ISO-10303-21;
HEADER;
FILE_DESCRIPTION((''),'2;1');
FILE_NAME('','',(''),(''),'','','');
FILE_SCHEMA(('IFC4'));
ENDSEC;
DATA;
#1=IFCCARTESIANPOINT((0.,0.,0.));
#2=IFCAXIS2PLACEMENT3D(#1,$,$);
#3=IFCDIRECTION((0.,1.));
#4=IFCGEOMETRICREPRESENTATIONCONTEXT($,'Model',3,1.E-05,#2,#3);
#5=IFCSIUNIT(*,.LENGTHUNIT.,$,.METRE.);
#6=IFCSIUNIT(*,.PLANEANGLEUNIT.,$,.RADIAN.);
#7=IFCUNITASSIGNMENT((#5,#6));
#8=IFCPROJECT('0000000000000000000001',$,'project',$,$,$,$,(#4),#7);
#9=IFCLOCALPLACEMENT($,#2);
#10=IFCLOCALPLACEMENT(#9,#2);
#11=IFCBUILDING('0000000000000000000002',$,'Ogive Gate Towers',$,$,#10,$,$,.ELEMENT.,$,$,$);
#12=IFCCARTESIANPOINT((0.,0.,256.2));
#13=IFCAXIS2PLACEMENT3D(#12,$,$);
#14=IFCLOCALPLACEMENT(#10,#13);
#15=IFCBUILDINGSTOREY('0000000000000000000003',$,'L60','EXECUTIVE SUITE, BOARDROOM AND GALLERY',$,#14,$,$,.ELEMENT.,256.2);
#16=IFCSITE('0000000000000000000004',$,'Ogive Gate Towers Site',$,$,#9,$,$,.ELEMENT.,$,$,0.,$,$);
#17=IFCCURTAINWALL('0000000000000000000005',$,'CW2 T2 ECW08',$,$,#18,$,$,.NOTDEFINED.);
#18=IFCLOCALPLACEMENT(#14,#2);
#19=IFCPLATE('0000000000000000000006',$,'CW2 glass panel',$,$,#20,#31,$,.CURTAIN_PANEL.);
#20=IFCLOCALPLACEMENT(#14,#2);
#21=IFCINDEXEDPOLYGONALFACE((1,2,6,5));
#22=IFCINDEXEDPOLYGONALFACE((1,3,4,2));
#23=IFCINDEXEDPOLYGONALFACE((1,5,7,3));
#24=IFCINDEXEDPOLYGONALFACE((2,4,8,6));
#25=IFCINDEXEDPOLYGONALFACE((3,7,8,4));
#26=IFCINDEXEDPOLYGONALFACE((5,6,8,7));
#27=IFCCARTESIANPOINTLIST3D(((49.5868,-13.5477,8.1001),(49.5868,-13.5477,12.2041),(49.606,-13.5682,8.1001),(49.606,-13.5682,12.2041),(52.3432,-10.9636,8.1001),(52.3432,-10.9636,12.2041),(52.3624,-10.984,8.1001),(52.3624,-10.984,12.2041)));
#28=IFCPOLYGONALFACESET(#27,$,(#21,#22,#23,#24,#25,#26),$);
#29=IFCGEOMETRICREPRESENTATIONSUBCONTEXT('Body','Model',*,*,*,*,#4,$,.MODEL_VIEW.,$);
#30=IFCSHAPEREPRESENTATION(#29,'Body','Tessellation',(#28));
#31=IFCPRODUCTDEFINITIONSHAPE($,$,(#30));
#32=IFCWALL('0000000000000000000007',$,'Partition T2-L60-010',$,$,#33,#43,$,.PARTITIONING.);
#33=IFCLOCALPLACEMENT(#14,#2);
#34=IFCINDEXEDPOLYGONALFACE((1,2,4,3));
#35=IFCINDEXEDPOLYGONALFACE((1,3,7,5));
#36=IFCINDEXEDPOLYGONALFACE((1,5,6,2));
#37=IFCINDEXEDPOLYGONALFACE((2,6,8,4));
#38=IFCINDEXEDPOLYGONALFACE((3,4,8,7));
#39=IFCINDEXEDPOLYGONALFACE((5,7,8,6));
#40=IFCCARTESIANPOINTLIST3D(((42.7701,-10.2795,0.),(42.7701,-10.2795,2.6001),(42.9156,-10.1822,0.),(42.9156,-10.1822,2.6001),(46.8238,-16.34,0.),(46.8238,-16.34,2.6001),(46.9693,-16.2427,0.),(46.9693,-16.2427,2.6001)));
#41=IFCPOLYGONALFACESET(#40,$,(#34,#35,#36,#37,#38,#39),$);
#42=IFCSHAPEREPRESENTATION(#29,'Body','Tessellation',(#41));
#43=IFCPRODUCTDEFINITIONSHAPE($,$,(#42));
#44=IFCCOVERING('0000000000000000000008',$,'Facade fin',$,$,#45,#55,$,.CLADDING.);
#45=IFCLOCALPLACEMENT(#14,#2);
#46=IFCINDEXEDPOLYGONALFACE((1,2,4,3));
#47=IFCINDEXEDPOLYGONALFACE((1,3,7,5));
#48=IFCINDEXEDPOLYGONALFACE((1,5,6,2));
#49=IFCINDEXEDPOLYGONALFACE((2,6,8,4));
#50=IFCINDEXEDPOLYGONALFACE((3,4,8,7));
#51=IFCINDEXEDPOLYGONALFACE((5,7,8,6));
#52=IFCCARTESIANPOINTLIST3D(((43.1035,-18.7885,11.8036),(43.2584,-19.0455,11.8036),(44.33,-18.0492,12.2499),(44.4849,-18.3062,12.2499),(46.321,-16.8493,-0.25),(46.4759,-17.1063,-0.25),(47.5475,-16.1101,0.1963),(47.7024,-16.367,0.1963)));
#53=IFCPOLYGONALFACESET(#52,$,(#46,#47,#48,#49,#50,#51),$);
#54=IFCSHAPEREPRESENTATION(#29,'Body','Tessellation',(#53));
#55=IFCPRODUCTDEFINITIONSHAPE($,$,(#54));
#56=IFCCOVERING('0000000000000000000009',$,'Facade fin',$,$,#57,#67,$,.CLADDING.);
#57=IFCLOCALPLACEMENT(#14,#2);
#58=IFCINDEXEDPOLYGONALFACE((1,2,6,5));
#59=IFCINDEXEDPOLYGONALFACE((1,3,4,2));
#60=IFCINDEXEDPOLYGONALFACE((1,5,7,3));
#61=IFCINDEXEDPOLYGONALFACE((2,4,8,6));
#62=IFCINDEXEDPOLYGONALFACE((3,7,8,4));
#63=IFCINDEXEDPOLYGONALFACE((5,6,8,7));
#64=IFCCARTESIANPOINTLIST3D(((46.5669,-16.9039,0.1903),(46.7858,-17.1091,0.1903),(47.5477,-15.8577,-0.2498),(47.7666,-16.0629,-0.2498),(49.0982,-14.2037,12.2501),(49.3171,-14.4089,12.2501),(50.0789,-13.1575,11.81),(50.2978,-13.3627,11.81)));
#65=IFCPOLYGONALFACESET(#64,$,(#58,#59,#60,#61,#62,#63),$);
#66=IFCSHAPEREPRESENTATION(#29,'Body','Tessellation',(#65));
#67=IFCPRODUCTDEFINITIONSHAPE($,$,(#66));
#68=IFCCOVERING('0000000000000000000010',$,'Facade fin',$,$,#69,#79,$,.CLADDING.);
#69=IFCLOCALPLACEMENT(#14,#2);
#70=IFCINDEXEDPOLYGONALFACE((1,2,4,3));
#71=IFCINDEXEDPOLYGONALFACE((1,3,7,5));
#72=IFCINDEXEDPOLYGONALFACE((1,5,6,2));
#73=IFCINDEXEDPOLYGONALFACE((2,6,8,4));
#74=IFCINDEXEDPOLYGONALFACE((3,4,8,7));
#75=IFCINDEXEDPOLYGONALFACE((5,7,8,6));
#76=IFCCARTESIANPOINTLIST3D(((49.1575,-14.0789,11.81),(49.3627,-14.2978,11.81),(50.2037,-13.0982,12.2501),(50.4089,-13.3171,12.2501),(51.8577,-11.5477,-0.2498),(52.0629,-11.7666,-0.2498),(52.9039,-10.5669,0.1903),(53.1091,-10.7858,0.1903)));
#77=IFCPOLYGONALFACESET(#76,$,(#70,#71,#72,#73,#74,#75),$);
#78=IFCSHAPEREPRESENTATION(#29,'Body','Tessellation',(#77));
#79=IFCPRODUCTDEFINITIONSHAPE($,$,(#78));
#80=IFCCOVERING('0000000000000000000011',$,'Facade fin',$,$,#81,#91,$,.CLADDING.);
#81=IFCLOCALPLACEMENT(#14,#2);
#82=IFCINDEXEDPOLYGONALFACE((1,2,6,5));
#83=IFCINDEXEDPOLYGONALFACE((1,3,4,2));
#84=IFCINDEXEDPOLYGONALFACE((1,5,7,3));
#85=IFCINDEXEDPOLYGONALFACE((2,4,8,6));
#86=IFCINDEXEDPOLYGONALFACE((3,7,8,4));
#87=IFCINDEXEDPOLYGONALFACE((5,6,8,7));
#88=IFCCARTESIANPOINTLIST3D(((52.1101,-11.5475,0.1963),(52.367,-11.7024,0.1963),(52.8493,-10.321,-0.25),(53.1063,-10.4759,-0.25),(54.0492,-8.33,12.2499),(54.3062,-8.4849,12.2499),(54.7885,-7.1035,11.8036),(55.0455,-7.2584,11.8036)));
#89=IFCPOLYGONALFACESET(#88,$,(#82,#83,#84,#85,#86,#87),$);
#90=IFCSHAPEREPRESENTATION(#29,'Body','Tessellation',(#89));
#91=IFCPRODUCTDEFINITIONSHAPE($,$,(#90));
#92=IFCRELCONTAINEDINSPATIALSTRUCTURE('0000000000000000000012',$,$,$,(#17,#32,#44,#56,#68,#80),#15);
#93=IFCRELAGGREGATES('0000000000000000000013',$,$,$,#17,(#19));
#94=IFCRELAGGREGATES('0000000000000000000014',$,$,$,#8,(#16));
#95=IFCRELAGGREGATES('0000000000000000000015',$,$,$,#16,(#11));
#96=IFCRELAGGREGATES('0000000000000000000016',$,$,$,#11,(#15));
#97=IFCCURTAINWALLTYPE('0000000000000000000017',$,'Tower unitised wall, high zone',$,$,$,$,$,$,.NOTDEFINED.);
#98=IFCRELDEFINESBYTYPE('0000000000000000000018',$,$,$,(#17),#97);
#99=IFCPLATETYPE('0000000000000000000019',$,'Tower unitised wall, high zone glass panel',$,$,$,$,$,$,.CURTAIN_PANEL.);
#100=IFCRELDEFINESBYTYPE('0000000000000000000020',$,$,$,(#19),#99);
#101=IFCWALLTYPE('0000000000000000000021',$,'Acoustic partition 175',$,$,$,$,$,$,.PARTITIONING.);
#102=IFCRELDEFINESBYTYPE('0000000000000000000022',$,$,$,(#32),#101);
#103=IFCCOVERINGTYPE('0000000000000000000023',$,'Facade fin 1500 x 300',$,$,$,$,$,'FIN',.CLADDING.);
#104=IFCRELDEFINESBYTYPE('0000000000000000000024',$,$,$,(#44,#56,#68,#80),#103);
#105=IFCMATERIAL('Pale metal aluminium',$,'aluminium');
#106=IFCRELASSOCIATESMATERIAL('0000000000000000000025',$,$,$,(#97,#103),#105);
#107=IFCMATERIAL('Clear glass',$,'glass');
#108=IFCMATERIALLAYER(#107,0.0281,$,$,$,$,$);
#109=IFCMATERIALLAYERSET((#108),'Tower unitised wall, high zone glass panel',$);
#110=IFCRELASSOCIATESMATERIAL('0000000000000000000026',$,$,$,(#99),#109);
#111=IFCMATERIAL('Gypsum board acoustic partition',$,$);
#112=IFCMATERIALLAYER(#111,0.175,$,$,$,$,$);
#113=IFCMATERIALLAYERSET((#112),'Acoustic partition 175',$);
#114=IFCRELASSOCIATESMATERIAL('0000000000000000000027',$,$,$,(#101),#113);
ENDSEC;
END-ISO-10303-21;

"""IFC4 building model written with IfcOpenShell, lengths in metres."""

from ifc_helpers import new_model, si_unit, direction, frame, frame_2d, origin, origin_2d, place, context, subcontext, project, spatial, rectangle, extrude, material, layer, layer_set, material_profile, profile_set, type_object, element, aggregate, save


model = new_model("IFC4")

# Units and contexts
model_context = context("Model", 3, precision=1e-05, world=origin(), true_north=direction((0.0, 1.0)))
body_context = subcontext(model_context, "Body", "Model", "MODEL_VIEW")
ifc_project = project(units=[si_unit("LENGTHUNIT", "METRE"), si_unit("PLANEANGLEUNIT", "RADIAN")], contexts=[model_context])

# Site, building, storey
site_placement = place(None, origin())
site = spatial("IfcSite", under=ifc_project, at=site_placement, Name="Ogive Gate Towers Site", CompositionType="ELEMENT", RefElevation=0.0)
building_placement = place(site_placement, origin())
building = spatial("IfcBuilding", under=site, at=building_placement, Name="Ogive Gate Towers", CompositionType="ELEMENT")
storey_placement = place(building_placement, frame((0.0, 0.0, 256.2)))
storey = spatial("IfcBuildingStorey", under=building, at=storey_placement, Name="L60", Description="EXECUTIVE SUITE, BOARDROOM AND GALLERY", CompositionType="ELEMENT", Elevation=256.2)

# Shared definitions
ifc_material_1 = material(Name="Pale metal aluminium", Category="aluminium")
curtain_wall_type = type_object("IfcCurtainWallType", Name="Tower unitised wall, high zone", PredefinedType="NOTDEFINED", material=ifc_material_1)

# Curtain wall
curtain_wall_1_placement = place(storey_placement, origin())
curtain_wall_1 = element("IfcCurtainWall", 1, at=curtain_wall_1_placement, inside=storey, type_object=curtain_wall_type, Name="CW2 T2 ECW08", PredefinedType="NOTDEFINED")

# Plate
ifc_material_2 = material(Name="Clear glass", Category="glass")
ifc_layer_1 = layer(ifc_material_2, 0.0281)
ifc_layer_set_1 = layer_set([ifc_layer_1], Name="Tower unitised wall, high zone glass panel")
plate_type = type_object("IfcPlateType", Name="Tower unitised wall, high zone glass panel", PredefinedType="CURTAIN_PANEL", material=ifc_layer_set_1)
plate_1_placement = place(storey_placement, frame((50.9746, -12.2659, 8.1001), z_axis=(0.0, 0.0, 1.0), x_axis=(0.729542, 0.683936, 0.0)))
plate_1 = element("IfcPlate", 2, at=plate_1_placement, type_object=plate_type, Name="CW2 glass panel", PredefinedType="CURTAIN_PANEL", context=body_context, shape_type="SweptSolid", body=[
    extrude(rectangle(XDim=3.7783, YDim=0.0281, at=origin_2d()), origin(), (0.0, 0.0, 1.0), 4.104),
])
aggregate(curtain_wall_1, [plate_1])

# Wall
ifc_material_3 = material(Name="Gypsum board acoustic partition")
ifc_layer_2 = layer(ifc_material_3, 0.175)
ifc_layer_set_2 = layer_set([ifc_layer_2], Name="Acoustic partition 175")
wall_type = type_object("IfcWallType", Name="Acoustic partition 175", PredefinedType="PARTITIONING", material=ifc_layer_set_2)
wall_placement = place(storey_placement, frame((46.8965, -16.2913, 0.0), z_axis=(0.0, 0.0, 1.0), x_axis=(-0.555967, 0.831205, 0.0)))
element("IfcWall", 3, at=wall_placement, inside=storey, type_object=wall_type, Name="Partition T2-L60-010", PredefinedType="PARTITIONING", context=body_context, shape_type="SweptSolid", body=[
    extrude(rectangle(XDim=7.2913, YDim=0.175, at=frame_2d((3.6455, 0.0))), origin(), (0.0, 0.0, 1.0), 2.6001),
])

# Coverings
ifc_material_profile_1 = material_profile(ifc_material_1, rectangle(XDim=0.3, YDim=1.5, at=origin_2d()), Name="1500 x 300 pale metal aluminium")
ifc_profile_set_1 = profile_set([ifc_material_profile_1], Name="Pale metal aluminium")
covering_type = type_object("IfcCoveringType", Name="Facade fin 1500 x 300", ElementType="FIN", PredefinedType="CLADDING", material=ifc_profile_set_1)
covering_1_placement = place(storey_placement, frame((47.0117, -16.6082, -0.0269), z_axis=(-0.254842, -0.153594, 0.954706), x_axis=(0.516196, -0.856471, 0.0)))
element("IfcCovering", 4, at=covering_1_placement, inside=storey, type_object=covering_type, Name="Facade fin", PredefinedType="CLADDING", context=body_context, shape_type="SweptSolid", body=[
    extrude(rectangle(XDim=0.3, YDim=1.5, at=origin_2d()), origin(), (0.0, 0.0, 1.0), 12.6255),
])
for number, where, z_axis, x_axis, name in (
    (5, (47.1667, -16.4834, -0.0298), (0.200654, 0.214047, 0.955993), (-0.729562, 0.683915, 0.0), "Facade fin"),
    (6, (52.4834, -11.1667, -0.0298), (-0.214047, -0.200654, 0.955993), (0.683915, -0.729562, 0.0), "Facade fin"),
):
    element("IfcCovering", number, at=place(storey_placement, frame(where, z_axis=z_axis, x_axis=x_axis)), inside=storey, type_object=covering_type, Name=name, PredefinedType="CLADDING", context=body_context, shape_type="SweptSolid", body=[
        extrude(rectangle(XDim=0.3, YDim=1.5, at=origin_2d()), origin(), (0.0, 0.0, 1.0), 12.615),
    ])
covering_2_placement = place(storey_placement, frame((52.6082, -11.0117, -0.0269), z_axis=(0.153594, 0.254842, 0.954706), x_axis=(-0.856471, 0.516196, 0.0)))
element("IfcCovering", 7, at=covering_2_placement, inside=storey, type_object=covering_type, Name="Facade fin", PredefinedType="CLADDING", context=body_context, shape_type="SweptSolid", body=[
    extrude(rectangle(XDim=0.3, YDim=1.5, at=origin_2d()), origin(), (0.0, 0.0, 1.0), 12.6255),
])

save(model, "model.ifc")
